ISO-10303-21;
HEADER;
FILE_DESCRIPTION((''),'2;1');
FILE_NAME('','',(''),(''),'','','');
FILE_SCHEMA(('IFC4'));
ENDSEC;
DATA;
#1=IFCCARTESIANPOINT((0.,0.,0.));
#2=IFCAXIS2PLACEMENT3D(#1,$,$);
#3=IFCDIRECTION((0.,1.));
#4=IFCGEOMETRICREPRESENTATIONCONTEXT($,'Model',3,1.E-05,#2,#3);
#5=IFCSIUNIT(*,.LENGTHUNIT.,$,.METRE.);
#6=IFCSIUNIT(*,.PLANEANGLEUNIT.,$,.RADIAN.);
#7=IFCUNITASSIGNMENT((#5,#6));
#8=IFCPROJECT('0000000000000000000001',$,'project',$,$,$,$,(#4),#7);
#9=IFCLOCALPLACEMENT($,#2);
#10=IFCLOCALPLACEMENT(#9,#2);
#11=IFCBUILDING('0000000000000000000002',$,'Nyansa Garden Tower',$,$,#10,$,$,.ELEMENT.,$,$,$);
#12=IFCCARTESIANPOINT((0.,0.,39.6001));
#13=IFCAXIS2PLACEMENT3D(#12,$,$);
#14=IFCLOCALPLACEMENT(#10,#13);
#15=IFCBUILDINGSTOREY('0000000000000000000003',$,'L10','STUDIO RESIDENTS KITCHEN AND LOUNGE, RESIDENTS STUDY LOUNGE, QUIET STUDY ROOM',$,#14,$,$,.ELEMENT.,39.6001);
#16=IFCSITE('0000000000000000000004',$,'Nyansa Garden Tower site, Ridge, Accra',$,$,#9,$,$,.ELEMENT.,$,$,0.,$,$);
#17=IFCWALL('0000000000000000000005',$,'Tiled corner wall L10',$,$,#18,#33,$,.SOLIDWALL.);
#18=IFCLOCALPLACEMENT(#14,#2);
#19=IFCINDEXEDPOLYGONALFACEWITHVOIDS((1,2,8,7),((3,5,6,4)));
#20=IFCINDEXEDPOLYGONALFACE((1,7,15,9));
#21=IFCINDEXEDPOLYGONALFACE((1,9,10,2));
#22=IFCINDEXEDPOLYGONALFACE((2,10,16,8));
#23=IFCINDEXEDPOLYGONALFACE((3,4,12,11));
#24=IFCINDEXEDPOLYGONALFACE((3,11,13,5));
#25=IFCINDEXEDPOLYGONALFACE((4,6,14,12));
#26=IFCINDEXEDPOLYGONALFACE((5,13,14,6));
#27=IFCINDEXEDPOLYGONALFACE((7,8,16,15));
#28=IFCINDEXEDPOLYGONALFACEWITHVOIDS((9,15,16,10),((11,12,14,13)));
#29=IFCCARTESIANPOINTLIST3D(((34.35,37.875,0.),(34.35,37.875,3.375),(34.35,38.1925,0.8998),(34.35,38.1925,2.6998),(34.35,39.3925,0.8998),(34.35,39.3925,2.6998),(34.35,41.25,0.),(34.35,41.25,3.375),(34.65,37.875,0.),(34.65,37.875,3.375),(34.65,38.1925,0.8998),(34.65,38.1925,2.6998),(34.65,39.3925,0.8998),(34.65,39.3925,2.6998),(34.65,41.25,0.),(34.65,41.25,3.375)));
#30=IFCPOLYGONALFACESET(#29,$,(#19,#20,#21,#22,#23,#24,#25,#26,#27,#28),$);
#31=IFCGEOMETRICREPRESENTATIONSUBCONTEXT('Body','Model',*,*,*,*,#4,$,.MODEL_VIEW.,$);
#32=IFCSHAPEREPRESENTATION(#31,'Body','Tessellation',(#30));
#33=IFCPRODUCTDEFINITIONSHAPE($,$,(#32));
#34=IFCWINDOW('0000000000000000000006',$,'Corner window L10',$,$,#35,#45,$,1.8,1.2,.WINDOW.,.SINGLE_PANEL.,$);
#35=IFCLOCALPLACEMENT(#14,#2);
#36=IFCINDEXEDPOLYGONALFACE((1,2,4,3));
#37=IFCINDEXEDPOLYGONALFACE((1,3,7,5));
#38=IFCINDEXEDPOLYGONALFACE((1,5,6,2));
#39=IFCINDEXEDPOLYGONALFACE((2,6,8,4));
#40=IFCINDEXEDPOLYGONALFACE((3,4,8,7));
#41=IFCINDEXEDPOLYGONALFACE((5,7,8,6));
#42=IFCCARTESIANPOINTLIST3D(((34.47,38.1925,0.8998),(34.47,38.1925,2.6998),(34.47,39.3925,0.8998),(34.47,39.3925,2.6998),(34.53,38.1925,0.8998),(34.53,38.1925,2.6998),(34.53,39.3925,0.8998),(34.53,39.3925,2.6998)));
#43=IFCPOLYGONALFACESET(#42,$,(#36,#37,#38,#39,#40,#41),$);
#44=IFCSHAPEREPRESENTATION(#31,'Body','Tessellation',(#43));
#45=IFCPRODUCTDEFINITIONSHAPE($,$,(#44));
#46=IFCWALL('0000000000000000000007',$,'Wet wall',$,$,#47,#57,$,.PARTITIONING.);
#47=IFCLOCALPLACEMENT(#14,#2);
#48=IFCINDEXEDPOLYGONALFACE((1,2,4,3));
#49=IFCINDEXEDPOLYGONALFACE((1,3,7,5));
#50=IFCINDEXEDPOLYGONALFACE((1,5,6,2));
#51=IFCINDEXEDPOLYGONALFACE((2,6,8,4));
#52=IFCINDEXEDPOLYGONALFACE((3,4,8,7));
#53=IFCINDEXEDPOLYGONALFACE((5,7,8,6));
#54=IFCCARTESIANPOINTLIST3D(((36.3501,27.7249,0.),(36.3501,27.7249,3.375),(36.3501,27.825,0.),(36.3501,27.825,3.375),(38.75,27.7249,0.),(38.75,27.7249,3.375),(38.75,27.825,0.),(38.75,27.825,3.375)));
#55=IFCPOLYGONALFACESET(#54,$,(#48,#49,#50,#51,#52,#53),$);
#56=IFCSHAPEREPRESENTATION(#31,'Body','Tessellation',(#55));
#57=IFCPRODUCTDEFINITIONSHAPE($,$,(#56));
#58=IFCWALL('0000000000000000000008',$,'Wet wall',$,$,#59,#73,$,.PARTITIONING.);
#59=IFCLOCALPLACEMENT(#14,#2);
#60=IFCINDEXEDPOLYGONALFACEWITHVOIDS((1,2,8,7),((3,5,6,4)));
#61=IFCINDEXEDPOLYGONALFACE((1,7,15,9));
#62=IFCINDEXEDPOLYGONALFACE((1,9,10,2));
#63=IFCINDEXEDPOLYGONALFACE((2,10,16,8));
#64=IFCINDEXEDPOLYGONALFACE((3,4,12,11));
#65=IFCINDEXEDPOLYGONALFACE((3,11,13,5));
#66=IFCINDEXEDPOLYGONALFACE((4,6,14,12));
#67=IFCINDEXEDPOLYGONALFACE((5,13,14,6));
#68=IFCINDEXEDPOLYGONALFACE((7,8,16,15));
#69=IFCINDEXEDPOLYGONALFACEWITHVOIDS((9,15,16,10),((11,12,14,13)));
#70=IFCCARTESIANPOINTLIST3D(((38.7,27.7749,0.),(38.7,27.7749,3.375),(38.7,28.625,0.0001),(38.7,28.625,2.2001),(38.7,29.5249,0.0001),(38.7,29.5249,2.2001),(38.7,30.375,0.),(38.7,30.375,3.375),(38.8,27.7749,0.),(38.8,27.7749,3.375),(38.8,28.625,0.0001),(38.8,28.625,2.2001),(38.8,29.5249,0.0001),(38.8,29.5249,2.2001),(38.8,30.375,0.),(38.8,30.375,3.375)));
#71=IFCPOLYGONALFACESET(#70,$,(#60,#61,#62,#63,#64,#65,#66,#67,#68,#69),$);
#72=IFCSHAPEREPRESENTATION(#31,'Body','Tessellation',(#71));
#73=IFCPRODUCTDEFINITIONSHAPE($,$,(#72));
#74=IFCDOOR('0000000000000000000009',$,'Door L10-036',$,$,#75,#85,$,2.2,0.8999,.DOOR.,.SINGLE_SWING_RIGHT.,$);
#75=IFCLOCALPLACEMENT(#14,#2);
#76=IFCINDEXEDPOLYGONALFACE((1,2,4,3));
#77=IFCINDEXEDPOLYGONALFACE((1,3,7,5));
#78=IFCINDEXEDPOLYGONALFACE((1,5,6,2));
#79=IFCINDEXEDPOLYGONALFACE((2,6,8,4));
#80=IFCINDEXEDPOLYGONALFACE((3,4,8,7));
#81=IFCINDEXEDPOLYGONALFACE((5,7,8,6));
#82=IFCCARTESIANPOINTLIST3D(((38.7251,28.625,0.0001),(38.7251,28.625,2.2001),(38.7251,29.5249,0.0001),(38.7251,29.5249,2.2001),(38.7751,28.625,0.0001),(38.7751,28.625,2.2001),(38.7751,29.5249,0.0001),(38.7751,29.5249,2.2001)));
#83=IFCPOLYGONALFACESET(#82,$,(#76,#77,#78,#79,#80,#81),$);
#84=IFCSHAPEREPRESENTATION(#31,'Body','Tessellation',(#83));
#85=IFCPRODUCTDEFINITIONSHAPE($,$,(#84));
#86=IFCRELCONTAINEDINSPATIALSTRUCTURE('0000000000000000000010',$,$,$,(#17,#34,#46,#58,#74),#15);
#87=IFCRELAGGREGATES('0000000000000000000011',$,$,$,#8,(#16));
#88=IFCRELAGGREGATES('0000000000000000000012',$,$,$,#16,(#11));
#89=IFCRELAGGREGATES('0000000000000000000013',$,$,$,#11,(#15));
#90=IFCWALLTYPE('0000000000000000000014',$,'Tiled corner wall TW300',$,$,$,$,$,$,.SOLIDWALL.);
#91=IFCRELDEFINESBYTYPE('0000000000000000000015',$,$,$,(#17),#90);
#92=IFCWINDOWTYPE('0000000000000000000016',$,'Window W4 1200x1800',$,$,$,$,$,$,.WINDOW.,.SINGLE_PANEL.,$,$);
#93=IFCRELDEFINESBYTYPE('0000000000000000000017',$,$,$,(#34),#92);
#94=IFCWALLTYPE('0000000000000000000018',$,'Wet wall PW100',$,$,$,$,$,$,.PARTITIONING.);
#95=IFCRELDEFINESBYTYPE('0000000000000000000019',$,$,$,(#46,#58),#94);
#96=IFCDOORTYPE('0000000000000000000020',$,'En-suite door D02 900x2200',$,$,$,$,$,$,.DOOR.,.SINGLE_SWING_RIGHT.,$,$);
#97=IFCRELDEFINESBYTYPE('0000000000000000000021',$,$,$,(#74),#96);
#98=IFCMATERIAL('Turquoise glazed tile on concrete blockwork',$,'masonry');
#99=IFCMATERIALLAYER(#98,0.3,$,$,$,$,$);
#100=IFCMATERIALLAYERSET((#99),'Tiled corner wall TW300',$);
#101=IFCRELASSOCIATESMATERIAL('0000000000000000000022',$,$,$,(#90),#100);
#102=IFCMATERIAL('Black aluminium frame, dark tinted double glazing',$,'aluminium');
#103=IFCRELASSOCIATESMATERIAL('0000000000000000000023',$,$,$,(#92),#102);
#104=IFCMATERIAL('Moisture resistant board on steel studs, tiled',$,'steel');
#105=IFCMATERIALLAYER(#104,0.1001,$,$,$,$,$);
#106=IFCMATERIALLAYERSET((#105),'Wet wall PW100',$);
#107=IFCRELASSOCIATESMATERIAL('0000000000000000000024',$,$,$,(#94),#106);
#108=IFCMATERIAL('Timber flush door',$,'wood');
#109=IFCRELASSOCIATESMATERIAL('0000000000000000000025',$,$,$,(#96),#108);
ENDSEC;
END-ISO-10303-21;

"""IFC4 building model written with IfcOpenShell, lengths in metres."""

from ifc_helpers import new_model, si_unit, direction, frame, frame_2d, origin, place, context, subcontext, project, spatial, rectangle, extrude, material, layer, layer_set, type_object, element, fill, save


model = new_model("IFC4")

# Units and contexts
model_context = context("Model", 3, precision=1e-05, world=origin(), true_north=direction((0.0, 1.0)))
body_context = subcontext(model_context, "Body", "Model", "MODEL_VIEW")
ifc_project = project(units=[si_unit("LENGTHUNIT", "METRE"), si_unit("PLANEANGLEUNIT", "RADIAN")], contexts=[model_context])

# Site, building, storey
site_placement = place(None, origin())
site = spatial("IfcSite", under=ifc_project, at=site_placement, Name="Nyansa Garden Tower site, Ridge, Accra", CompositionType="ELEMENT", RefElevation=0.0)
building_placement = place(site_placement, origin())
building = spatial("IfcBuilding", under=site, at=building_placement, Name="Nyansa Garden Tower", CompositionType="ELEMENT")
storey_placement = place(building_placement, frame((0.0, 0.0, 39.6001)))
storey = spatial("IfcBuildingStorey", under=building, at=storey_placement, Name="L10", Description="STUDIO RESIDENTS KITCHEN AND LOUNGE, RESIDENTS STUDY LOUNGE, QUIET STUDY ROOM", CompositionType="ELEMENT", Elevation=39.6001)

# Wall, opening, window
ifc_material_1 = material(Name="Turquoise glazed tile on concrete blockwork", Category="masonry")
ifc_layer_1 = layer(ifc_material_1, 0.3)
ifc_layer_set_1 = layer_set([ifc_layer_1], Name="Tiled corner wall TW300")
wall_type_1 = type_object("IfcWallType", Name="Tiled corner wall TW300", PredefinedType="SOLIDWALL", material=ifc_layer_set_1)
ifc_material_2 = material(Name="Black aluminium frame, dark tinted double glazing", Category="aluminium")
window_type_1 = type_object("IfcWindowType", Name="Window W4 1200x1800", PartitioningType="SINGLE_PANEL", PredefinedType="WINDOW", material=ifc_material_2)
wall_1_placement = place(storey_placement, frame((34.5, 37.875, 0.0), z_axis=(0.0, 0.0, 1.0), x_axis=(0.0, 1.0, 0.0)))
wall_1 = element("IfcWall", 1, at=wall_1_placement, inside=storey, type_object=wall_type_1, Name="Tiled corner wall L10", PredefinedType="SOLIDWALL", context=body_context, shape_type="SweptSolid", body=[
    extrude(rectangle(XDim=3.375, YDim=0.3, at=frame_2d((1.6875, 0.0))), origin(), (0.0, 0.0, 1.0), 3.375),
])
opening_1_placement = place(wall_1_placement, frame((0.3174, 0.0, 0.8999)))
opening_1 = element("IfcOpeningElement", 2, at=opening_1_placement, cuts=wall_1, PredefinedType="OPENING", context=body_context, shape_type="SweptSolid", body=[
    extrude(rectangle(XDim=1.2, YDim=1.8, at=frame_2d((0.6001, 0.8999))), frame((0.0, 0.1599, 0.0), z_axis=(0.0, -1.0, 0.0), x_axis=(1.0, 0.0, 0.0)), (0.0, 0.0, 1.0), 0.3201),
])
window_1_placement = place(opening_1_placement, origin())
window_1 = element("IfcWindow", 3, at=window_1_placement, inside=storey, type_object=window_type_1, Name="Corner window L10", OverallHeight=1.8, OverallWidth=1.2, PartitioningType="SINGLE_PANEL", PredefinedType="WINDOW", context=body_context, shape_type="SweptSolid", body=[
    extrude(rectangle(XDim=1.2, YDim=1.8, at=frame_2d((0.6001, 0.8999))), frame((0.0, 0.03, 0.0), z_axis=(0.0, -1.0, 0.0), x_axis=(1.0, 0.0, 0.0)), (0.0, 0.0, 1.0), 0.0601),
])
fill(opening_1, window_1)

# Wall
ifc_material_3 = material(Name="Moisture resistant board on steel studs, tiled", Category="steel")
ifc_layer_2 = layer(ifc_material_3, 0.1001)
ifc_layer_set_2 = layer_set([ifc_layer_2], Name="Wet wall PW100")
wall_type_2 = type_object("IfcWallType", Name="Wet wall PW100", PredefinedType="PARTITIONING", material=ifc_layer_set_2)
wall_2_placement = place(storey_placement, frame((36.3501, 27.7749, 0.0), z_axis=(0.0, 0.0, 1.0), x_axis=(1.0, 0.0, 0.0)))
element("IfcWall", 4, at=wall_2_placement, inside=storey, type_object=wall_type_2, Name="Wet wall", PredefinedType="PARTITIONING", context=body_context, shape_type="SweptSolid", body=[
    extrude(rectangle(XDim=2.3999, YDim=0.1001, at=frame_2d((1.2, 0.0))), origin(), (0.0, 0.0, 1.0), 3.375),
])

# Wall, opening, door
wall_3_placement = place(storey_placement, frame((38.75, 27.7749, 0.0), z_axis=(0.0, 0.0, 1.0), x_axis=(0.0, 1.0, 0.0)))
wall_3 = element("IfcWall", 5, at=wall_3_placement, inside=storey, type_object=wall_type_2, Name="Wet wall", PredefinedType="PARTITIONING", context=body_context, shape_type="SweptSolid", body=[
    extrude(rectangle(XDim=2.6001, YDim=0.1001, at=frame_2d((1.3, 0.0))), origin(), (0.0, 0.0, 1.0), 3.375),
])
opening_2_placement = place(wall_3_placement, frame((0.8501, 0.0, 0.0)))
opening_2 = element("IfcOpeningElement", 6, at=opening_2_placement, cuts=wall_3, PredefinedType="OPENING", context=body_context, shape_type="SweptSolid", body=[
    extrude(rectangle(XDim=0.8999, YDim=2.2, at=frame_2d((0.45, 1.1001))), frame((0.0, 0.0601, 0.0), z_axis=(0.0, -1.0, 0.0), x_axis=(1.0, 0.0, 0.0)), (0.0, 0.0, 1.0), 0.1201),
])
ifc_material_4 = material(Name="Timber flush door", Category="wood")
door_type = type_object("IfcDoorType", Name="En-suite door D02 900x2200", OperationType="SINGLE_SWING_RIGHT", PredefinedType="DOOR", material=ifc_material_4)
door_placement = place(opening_2_placement, origin())
door = element("IfcDoor", 7, at=door_placement, inside=storey, type_object=door_type, Name="Door L10-036", OperationType="SINGLE_SWING_RIGHT", OverallHeight=2.2, OverallWidth=0.8999, PredefinedType="DOOR", context=body_context, shape_type="SweptSolid", body=[
    extrude(rectangle(XDim=0.8999, YDim=2.2, at=frame_2d((0.45, 1.1001))), frame((0.0, 0.0249, 0.0), z_axis=(0.0, -1.0, 0.0), x_axis=(1.0, 0.0, 0.0)), (0.0, 0.0, 1.0), 0.05),
])
fill(opening_2, door)

save(model, "model.ifc")
